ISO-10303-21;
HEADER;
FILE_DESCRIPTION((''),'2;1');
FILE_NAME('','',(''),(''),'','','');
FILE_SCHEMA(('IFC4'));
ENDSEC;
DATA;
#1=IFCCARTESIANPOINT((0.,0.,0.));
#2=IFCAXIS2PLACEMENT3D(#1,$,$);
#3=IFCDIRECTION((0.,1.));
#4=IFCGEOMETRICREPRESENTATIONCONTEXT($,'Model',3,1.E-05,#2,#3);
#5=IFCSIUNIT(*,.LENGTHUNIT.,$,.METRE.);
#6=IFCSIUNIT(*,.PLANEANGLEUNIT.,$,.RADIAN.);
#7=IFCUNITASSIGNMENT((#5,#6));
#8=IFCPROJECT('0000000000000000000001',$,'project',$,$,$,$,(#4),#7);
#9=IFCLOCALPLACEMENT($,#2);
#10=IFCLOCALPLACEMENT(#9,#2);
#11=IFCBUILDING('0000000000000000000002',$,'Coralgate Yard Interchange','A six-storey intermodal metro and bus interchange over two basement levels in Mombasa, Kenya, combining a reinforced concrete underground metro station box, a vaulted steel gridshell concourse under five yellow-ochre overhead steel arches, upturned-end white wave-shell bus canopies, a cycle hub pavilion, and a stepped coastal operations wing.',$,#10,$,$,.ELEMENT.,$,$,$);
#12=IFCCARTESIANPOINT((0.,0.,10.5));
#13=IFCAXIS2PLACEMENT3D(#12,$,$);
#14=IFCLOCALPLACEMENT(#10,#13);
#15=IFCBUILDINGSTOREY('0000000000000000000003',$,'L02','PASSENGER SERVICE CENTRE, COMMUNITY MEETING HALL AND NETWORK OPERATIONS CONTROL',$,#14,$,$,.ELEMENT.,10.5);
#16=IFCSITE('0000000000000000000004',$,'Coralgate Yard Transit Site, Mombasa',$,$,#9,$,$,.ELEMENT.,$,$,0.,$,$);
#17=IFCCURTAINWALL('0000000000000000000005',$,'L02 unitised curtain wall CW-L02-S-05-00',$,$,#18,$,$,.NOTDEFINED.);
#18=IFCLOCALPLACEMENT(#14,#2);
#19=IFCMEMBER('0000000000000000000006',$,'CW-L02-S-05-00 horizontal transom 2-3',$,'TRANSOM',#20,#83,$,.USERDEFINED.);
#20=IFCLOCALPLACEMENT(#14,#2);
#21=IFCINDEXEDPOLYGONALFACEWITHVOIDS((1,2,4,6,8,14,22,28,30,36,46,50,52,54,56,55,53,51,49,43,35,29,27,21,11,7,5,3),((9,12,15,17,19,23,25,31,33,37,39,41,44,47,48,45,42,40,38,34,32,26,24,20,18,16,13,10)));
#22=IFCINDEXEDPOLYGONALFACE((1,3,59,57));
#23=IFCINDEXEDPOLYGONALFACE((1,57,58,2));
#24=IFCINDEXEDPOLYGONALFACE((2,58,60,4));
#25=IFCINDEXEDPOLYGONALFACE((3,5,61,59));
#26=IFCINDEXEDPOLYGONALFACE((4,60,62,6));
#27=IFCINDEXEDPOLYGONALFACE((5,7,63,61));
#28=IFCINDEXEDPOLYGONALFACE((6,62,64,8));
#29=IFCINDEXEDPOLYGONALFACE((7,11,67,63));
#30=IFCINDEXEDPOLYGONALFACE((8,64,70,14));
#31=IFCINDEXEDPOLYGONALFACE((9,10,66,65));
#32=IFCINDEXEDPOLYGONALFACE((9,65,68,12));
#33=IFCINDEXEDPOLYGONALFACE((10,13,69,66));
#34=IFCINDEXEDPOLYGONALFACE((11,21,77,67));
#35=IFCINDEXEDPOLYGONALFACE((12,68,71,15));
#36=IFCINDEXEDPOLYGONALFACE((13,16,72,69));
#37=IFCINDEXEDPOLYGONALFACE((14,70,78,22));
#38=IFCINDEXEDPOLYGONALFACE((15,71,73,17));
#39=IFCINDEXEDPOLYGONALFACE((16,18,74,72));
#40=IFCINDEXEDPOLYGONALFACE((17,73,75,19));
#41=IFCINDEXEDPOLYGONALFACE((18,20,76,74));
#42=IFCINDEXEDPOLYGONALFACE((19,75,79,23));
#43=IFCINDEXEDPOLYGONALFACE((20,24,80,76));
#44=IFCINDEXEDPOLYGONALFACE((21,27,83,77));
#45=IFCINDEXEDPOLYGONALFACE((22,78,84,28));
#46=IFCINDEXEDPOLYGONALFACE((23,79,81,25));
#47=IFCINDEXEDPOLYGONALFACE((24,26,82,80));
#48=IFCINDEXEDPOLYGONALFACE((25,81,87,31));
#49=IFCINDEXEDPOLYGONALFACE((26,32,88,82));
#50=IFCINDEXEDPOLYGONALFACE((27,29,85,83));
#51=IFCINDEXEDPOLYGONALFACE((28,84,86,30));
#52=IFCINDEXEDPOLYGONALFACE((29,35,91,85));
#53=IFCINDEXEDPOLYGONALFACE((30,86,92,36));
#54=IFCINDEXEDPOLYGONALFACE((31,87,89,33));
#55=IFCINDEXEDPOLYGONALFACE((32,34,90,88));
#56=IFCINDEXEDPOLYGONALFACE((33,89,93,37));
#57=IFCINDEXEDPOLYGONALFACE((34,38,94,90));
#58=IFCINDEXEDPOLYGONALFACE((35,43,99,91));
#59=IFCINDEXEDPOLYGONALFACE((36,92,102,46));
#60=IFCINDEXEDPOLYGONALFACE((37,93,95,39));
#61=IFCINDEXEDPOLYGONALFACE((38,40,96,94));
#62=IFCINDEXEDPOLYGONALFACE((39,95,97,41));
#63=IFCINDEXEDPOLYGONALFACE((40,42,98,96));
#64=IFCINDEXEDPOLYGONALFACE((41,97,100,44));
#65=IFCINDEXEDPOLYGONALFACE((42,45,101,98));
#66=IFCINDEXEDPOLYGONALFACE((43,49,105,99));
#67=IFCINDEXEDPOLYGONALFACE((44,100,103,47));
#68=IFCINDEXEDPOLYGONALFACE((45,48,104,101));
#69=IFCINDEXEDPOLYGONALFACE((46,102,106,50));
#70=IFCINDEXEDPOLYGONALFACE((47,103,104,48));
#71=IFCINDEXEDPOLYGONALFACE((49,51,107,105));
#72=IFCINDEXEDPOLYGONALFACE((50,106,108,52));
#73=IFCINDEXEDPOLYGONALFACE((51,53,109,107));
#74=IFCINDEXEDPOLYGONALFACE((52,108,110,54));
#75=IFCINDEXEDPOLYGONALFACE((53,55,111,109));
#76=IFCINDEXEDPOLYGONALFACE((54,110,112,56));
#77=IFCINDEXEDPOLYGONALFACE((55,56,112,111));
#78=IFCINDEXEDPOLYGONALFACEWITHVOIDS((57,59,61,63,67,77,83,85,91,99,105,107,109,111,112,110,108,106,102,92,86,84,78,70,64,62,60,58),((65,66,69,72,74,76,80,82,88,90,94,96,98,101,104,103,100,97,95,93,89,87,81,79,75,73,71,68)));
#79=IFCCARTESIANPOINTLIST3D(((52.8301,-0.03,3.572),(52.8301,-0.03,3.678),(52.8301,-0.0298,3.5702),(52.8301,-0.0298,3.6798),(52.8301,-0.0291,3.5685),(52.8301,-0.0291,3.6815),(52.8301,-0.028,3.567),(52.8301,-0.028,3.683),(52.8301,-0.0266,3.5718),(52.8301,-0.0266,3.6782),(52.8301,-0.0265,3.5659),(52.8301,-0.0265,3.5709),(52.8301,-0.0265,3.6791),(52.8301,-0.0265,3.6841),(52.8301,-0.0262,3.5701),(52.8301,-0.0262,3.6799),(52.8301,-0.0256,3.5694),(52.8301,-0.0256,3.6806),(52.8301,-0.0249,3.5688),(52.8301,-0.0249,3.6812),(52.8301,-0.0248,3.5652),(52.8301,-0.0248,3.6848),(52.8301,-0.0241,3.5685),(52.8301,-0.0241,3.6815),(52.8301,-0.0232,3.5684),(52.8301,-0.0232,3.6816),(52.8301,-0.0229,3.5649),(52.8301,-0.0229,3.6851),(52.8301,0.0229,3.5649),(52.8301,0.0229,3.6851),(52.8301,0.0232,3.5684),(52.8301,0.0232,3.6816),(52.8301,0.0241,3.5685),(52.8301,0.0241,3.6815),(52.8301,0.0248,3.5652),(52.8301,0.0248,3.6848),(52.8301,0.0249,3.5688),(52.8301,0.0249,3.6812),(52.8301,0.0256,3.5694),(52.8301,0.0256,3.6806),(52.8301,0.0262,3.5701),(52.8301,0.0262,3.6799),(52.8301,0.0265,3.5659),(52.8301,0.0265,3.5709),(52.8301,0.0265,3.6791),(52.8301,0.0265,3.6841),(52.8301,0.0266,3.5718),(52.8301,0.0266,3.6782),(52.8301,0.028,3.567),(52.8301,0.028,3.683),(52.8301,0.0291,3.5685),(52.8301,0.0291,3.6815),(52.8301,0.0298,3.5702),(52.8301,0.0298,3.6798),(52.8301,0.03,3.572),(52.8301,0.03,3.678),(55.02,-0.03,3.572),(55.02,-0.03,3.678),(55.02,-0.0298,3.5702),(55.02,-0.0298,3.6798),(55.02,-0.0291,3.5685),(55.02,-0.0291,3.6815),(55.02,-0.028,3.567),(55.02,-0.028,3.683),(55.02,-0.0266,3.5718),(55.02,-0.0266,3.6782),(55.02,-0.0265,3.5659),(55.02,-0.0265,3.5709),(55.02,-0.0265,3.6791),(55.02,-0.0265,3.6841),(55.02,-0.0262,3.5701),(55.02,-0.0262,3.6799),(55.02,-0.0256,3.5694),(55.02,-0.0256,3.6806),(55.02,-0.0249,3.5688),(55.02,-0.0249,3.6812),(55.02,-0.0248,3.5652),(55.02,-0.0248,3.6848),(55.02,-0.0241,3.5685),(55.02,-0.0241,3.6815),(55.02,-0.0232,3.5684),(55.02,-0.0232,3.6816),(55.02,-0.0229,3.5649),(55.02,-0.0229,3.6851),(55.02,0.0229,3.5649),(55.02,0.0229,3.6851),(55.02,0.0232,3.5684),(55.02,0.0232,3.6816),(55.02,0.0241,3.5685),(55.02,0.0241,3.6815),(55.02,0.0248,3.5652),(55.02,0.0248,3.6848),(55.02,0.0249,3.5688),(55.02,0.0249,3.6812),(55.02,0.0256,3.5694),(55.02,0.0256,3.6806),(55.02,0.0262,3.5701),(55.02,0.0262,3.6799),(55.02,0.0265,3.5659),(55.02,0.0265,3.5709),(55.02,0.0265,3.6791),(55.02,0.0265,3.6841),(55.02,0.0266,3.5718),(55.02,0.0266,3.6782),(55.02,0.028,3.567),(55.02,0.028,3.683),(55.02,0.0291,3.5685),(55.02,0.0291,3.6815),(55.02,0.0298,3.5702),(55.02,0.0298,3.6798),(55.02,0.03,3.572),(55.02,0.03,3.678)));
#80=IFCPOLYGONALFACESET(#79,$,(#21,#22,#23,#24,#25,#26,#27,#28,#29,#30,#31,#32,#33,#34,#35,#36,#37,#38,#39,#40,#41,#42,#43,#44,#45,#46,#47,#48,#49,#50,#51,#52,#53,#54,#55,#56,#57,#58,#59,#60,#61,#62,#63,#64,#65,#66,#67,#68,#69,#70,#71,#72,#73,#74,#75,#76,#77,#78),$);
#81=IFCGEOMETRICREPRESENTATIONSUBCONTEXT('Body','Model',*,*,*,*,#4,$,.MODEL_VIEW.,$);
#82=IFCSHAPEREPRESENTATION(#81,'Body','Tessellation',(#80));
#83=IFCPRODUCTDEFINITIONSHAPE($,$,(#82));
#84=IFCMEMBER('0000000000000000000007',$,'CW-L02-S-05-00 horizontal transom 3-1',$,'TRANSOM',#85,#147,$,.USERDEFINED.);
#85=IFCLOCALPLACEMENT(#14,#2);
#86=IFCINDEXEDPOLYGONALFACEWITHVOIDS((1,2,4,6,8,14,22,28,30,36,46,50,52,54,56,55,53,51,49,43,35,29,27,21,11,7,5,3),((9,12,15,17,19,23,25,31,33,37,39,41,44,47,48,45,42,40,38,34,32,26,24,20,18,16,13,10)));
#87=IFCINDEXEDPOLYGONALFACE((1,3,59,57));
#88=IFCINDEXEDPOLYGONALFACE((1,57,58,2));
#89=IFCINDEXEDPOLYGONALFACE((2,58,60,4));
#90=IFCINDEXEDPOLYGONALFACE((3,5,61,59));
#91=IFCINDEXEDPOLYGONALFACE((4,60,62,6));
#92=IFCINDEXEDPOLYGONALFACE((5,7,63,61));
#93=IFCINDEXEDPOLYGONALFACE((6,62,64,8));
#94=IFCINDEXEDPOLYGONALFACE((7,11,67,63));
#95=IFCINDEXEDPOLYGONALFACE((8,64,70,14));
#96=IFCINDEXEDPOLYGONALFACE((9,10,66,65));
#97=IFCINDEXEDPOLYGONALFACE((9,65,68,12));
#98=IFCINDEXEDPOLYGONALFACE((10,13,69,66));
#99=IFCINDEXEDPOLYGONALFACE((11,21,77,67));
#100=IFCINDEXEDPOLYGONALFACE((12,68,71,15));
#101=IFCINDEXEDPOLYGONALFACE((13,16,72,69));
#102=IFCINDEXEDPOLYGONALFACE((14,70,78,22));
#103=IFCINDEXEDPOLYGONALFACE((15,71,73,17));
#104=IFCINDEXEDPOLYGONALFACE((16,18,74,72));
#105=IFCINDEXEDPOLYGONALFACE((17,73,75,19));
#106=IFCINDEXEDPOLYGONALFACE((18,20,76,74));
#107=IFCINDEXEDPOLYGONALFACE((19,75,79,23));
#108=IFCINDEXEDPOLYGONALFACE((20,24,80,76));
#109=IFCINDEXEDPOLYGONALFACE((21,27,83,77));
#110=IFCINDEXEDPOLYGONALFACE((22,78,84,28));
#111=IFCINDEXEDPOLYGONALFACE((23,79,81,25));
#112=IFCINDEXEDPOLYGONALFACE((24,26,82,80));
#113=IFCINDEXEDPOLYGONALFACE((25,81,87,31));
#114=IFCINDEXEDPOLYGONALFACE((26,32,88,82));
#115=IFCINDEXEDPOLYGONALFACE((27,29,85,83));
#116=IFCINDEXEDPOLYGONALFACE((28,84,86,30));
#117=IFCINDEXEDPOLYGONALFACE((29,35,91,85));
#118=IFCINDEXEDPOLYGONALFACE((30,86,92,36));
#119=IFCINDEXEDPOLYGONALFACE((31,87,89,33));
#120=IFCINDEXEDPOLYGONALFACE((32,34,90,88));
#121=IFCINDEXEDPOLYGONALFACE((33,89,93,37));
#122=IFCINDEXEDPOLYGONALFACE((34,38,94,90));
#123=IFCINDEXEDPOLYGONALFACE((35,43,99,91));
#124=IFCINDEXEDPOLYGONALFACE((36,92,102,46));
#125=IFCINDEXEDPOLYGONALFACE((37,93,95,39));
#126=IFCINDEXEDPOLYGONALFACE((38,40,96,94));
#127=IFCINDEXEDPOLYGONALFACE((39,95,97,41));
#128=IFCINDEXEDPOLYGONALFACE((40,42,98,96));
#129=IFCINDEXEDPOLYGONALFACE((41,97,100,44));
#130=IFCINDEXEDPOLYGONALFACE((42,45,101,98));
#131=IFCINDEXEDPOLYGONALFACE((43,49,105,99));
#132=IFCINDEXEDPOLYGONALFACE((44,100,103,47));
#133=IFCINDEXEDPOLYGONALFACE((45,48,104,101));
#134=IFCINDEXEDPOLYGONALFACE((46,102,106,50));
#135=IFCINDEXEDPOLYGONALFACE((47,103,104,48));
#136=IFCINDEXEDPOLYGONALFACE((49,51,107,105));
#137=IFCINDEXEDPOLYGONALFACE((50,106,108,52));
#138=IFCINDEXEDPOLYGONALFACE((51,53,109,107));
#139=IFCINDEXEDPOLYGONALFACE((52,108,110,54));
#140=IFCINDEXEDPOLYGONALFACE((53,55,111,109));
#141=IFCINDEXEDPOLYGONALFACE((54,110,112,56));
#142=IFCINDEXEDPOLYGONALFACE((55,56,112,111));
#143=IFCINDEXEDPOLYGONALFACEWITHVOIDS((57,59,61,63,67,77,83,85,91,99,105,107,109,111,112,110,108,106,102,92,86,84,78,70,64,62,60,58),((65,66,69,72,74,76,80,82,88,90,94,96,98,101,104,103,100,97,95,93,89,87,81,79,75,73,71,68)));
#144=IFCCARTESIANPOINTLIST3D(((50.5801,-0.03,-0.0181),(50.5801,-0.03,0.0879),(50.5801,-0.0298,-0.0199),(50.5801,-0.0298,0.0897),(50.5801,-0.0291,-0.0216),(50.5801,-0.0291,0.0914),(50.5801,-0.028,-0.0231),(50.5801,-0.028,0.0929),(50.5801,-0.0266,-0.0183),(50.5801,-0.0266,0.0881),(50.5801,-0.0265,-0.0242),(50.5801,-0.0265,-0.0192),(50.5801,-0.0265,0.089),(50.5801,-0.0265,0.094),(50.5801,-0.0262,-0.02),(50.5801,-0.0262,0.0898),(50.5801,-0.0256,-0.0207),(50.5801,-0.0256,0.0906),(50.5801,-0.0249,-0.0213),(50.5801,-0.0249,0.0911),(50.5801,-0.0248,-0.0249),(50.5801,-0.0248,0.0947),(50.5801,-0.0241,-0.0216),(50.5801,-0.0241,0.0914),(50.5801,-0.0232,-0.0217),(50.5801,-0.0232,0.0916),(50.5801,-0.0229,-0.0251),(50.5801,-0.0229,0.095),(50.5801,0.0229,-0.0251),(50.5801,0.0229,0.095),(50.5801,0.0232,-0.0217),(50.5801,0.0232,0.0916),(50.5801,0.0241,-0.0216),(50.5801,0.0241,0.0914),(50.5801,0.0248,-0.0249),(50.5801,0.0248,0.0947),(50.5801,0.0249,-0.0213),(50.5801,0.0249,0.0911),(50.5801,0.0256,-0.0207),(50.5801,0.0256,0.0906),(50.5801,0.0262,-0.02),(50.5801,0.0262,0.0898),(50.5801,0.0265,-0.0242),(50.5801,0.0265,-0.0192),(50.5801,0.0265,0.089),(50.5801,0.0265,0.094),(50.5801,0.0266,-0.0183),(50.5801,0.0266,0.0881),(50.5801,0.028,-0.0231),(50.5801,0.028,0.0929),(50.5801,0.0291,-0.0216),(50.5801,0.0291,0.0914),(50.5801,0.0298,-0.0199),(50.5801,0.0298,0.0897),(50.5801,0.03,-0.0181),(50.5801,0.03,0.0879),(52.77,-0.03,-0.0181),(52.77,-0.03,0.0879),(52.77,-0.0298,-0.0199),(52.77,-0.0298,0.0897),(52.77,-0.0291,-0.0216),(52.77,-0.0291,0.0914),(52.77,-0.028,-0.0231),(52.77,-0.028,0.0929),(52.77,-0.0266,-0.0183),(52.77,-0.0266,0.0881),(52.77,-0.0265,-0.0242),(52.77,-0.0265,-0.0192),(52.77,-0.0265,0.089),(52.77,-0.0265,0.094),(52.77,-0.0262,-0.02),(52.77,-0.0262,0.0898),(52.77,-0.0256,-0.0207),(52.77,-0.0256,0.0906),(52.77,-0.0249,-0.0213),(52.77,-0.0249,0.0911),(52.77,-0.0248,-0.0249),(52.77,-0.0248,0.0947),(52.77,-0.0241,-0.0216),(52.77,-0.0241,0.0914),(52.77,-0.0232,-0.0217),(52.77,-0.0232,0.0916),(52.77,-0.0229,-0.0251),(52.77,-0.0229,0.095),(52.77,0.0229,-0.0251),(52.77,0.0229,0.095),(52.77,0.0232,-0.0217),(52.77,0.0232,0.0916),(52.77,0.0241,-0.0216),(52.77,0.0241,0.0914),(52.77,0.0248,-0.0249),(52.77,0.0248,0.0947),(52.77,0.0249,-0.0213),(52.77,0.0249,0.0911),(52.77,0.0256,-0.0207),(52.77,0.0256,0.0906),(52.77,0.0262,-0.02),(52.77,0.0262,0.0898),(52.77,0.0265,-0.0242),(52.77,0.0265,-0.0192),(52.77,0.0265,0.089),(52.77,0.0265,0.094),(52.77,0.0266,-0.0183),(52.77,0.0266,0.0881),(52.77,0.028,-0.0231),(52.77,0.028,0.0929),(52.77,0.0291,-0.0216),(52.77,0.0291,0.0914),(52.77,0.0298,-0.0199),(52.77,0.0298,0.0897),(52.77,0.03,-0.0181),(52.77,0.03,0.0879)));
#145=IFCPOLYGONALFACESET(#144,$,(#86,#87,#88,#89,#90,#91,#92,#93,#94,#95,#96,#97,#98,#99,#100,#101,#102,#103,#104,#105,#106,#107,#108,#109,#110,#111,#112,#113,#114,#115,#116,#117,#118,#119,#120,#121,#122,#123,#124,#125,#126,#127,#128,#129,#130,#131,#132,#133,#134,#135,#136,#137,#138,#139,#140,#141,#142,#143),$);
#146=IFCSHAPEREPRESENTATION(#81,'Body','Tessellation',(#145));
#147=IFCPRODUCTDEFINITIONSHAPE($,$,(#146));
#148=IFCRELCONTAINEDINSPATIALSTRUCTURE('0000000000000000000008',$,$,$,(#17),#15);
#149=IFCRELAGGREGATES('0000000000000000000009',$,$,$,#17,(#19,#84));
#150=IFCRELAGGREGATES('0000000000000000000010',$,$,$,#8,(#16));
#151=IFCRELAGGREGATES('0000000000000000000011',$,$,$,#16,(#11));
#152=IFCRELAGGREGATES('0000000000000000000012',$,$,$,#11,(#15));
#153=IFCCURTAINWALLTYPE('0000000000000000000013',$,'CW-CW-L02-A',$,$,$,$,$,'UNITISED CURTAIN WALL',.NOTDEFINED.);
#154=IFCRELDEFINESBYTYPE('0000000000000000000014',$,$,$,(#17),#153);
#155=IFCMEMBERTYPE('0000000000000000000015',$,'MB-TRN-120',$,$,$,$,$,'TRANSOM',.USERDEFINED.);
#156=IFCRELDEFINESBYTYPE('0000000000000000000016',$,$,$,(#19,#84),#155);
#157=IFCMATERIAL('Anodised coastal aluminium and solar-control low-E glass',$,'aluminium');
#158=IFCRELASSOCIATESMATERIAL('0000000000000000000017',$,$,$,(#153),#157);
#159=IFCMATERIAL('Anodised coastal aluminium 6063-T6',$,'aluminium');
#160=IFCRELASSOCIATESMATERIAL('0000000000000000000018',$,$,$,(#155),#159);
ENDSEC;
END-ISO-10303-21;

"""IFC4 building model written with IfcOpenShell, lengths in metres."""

from ifc_helpers import new_model, si_unit, direction, frame, origin, origin_2d, place, context, subcontext, project, spatial, hollow_rectangle, extrude, material, material_profile, profile_set, type_object, element, aggregate, save


model = new_model("IFC4")

# Units and contexts
model_context = context("Model", 3, precision=1e-05, world=origin(), true_north=direction((0.0, 1.0)))
body_context = subcontext(model_context, "Body", "Model", "MODEL_VIEW")
ifc_project = project(units=[si_unit("LENGTHUNIT", "METRE"), si_unit("PLANEANGLEUNIT", "RADIAN")], contexts=[model_context])

# Site, building, storey
site_placement = place(None, origin())
site = spatial("IfcSite", under=ifc_project, at=site_placement, Name="Coralgate Yard Transit Site, Mombasa", CompositionType="ELEMENT", RefElevation=0.0)
building_placement = place(site_placement, origin())
building = spatial("IfcBuilding", under=site, at=building_placement, Name="Coralgate Yard Interchange", Description="A six-storey intermodal metro and bus interchange over two basement levels in Mombasa, Kenya, combining a reinforced concrete underground metro station box, a vaulted steel gridshell concourse under five yellow-ochre overhead steel arches, upturned-end white wave-shell bus canopies, a cycle hub pavilion, and a stepped coastal operations wing.", CompositionType="ELEMENT")
storey_placement = place(building_placement, frame((0.0, 0.0, 10.5)))
storey = spatial("IfcBuildingStorey", under=building, at=storey_placement, Name="L02", Description="PASSENGER SERVICE CENTRE, COMMUNITY MEETING HALL AND NETWORK OPERATIONS CONTROL", CompositionType="ELEMENT", Elevation=10.5)

# Shared definitions
ifc_material_1 = material(Name="Anodised coastal aluminium and solar-control low-E glass", Category="aluminium")
curtain_wall_type = type_object("IfcCurtainWallType", Name="CW-CW-L02-A", ElementType="UNITISED CURTAIN WALL", PredefinedType="NOTDEFINED", material=ifc_material_1)
ifc_material_2 = material(Name="Anodised coastal aluminium 6063-T6", Category="aluminium")

# Curtain wall
curtain_wall_1_placement = place(storey_placement, origin())
curtain_wall_1 = element("IfcCurtainWall", 1, at=curtain_wall_1_placement, inside=storey, type_object=curtain_wall_type, Name="L02 unitised curtain wall CW-L02-S-05-00", PredefinedType="NOTDEFINED")

# Members
ifc_material_profile_1 = material_profile(ifc_material_2, hollow_rectangle(XDim=0.0601, YDim=0.1201, WallThickness=0.0034, InnerFilletRadius=0.0034, OuterFilletRadius=0.0071, at=origin_2d()), Name="ALU 60x120x3.5")
ifc_profile_set_1 = profile_set([ifc_material_profile_1], Name="Anodised coastal aluminium 6063-T6")
member_type_1 = type_object("IfcMemberType", Name="MB-TRN-120", ElementType="TRANSOM", PredefinedType="USERDEFINED", material=ifc_profile_set_1)
member_1_placement = place(storey_placement, frame((55.02, 0.0, 3.625), z_axis=(-1.0, 0.0, 0.0), x_axis=(0.0, -1.0, 0.0)))
member_1 = element("IfcMember", 2, at=member_1_placement, type_object=member_type_1, Name="CW-L02-S-05-00 horizontal transom 2-3", ObjectType="TRANSOM", PredefinedType="USERDEFINED", context=body_context, shape_type="SweptSolid", body=[
    extrude(hollow_rectangle(XDim=0.0601, YDim=0.1201, WallThickness=0.0034, InnerFilletRadius=0.0034, OuterFilletRadius=0.0071, at=origin_2d()), origin(), (0.0, 0.0, 1.0), 2.1899),
])
member_2_placement = place(storey_placement, frame((52.77, 0.0, 0.0349), z_axis=(-1.0, 0.0, 0.0), x_axis=(0.0, -1.0, 0.0)))
member_2 = element("IfcMember", 3, at=member_2_placement, type_object=member_type_1, Name="CW-L02-S-05-00 horizontal transom 3-1", ObjectType="TRANSOM", PredefinedType="USERDEFINED", context=body_context, shape_type="SweptSolid", body=[
    extrude(hollow_rectangle(XDim=0.0601, YDim=0.1201, WallThickness=0.0034, InnerFilletRadius=0.0034, OuterFilletRadius=0.0071, at=origin_2d()), origin(), (0.0, 0.0, 1.0), 2.1899),
])

aggregate(curtain_wall_1, [member_1, member_2])

save(model, "model.ifc")
